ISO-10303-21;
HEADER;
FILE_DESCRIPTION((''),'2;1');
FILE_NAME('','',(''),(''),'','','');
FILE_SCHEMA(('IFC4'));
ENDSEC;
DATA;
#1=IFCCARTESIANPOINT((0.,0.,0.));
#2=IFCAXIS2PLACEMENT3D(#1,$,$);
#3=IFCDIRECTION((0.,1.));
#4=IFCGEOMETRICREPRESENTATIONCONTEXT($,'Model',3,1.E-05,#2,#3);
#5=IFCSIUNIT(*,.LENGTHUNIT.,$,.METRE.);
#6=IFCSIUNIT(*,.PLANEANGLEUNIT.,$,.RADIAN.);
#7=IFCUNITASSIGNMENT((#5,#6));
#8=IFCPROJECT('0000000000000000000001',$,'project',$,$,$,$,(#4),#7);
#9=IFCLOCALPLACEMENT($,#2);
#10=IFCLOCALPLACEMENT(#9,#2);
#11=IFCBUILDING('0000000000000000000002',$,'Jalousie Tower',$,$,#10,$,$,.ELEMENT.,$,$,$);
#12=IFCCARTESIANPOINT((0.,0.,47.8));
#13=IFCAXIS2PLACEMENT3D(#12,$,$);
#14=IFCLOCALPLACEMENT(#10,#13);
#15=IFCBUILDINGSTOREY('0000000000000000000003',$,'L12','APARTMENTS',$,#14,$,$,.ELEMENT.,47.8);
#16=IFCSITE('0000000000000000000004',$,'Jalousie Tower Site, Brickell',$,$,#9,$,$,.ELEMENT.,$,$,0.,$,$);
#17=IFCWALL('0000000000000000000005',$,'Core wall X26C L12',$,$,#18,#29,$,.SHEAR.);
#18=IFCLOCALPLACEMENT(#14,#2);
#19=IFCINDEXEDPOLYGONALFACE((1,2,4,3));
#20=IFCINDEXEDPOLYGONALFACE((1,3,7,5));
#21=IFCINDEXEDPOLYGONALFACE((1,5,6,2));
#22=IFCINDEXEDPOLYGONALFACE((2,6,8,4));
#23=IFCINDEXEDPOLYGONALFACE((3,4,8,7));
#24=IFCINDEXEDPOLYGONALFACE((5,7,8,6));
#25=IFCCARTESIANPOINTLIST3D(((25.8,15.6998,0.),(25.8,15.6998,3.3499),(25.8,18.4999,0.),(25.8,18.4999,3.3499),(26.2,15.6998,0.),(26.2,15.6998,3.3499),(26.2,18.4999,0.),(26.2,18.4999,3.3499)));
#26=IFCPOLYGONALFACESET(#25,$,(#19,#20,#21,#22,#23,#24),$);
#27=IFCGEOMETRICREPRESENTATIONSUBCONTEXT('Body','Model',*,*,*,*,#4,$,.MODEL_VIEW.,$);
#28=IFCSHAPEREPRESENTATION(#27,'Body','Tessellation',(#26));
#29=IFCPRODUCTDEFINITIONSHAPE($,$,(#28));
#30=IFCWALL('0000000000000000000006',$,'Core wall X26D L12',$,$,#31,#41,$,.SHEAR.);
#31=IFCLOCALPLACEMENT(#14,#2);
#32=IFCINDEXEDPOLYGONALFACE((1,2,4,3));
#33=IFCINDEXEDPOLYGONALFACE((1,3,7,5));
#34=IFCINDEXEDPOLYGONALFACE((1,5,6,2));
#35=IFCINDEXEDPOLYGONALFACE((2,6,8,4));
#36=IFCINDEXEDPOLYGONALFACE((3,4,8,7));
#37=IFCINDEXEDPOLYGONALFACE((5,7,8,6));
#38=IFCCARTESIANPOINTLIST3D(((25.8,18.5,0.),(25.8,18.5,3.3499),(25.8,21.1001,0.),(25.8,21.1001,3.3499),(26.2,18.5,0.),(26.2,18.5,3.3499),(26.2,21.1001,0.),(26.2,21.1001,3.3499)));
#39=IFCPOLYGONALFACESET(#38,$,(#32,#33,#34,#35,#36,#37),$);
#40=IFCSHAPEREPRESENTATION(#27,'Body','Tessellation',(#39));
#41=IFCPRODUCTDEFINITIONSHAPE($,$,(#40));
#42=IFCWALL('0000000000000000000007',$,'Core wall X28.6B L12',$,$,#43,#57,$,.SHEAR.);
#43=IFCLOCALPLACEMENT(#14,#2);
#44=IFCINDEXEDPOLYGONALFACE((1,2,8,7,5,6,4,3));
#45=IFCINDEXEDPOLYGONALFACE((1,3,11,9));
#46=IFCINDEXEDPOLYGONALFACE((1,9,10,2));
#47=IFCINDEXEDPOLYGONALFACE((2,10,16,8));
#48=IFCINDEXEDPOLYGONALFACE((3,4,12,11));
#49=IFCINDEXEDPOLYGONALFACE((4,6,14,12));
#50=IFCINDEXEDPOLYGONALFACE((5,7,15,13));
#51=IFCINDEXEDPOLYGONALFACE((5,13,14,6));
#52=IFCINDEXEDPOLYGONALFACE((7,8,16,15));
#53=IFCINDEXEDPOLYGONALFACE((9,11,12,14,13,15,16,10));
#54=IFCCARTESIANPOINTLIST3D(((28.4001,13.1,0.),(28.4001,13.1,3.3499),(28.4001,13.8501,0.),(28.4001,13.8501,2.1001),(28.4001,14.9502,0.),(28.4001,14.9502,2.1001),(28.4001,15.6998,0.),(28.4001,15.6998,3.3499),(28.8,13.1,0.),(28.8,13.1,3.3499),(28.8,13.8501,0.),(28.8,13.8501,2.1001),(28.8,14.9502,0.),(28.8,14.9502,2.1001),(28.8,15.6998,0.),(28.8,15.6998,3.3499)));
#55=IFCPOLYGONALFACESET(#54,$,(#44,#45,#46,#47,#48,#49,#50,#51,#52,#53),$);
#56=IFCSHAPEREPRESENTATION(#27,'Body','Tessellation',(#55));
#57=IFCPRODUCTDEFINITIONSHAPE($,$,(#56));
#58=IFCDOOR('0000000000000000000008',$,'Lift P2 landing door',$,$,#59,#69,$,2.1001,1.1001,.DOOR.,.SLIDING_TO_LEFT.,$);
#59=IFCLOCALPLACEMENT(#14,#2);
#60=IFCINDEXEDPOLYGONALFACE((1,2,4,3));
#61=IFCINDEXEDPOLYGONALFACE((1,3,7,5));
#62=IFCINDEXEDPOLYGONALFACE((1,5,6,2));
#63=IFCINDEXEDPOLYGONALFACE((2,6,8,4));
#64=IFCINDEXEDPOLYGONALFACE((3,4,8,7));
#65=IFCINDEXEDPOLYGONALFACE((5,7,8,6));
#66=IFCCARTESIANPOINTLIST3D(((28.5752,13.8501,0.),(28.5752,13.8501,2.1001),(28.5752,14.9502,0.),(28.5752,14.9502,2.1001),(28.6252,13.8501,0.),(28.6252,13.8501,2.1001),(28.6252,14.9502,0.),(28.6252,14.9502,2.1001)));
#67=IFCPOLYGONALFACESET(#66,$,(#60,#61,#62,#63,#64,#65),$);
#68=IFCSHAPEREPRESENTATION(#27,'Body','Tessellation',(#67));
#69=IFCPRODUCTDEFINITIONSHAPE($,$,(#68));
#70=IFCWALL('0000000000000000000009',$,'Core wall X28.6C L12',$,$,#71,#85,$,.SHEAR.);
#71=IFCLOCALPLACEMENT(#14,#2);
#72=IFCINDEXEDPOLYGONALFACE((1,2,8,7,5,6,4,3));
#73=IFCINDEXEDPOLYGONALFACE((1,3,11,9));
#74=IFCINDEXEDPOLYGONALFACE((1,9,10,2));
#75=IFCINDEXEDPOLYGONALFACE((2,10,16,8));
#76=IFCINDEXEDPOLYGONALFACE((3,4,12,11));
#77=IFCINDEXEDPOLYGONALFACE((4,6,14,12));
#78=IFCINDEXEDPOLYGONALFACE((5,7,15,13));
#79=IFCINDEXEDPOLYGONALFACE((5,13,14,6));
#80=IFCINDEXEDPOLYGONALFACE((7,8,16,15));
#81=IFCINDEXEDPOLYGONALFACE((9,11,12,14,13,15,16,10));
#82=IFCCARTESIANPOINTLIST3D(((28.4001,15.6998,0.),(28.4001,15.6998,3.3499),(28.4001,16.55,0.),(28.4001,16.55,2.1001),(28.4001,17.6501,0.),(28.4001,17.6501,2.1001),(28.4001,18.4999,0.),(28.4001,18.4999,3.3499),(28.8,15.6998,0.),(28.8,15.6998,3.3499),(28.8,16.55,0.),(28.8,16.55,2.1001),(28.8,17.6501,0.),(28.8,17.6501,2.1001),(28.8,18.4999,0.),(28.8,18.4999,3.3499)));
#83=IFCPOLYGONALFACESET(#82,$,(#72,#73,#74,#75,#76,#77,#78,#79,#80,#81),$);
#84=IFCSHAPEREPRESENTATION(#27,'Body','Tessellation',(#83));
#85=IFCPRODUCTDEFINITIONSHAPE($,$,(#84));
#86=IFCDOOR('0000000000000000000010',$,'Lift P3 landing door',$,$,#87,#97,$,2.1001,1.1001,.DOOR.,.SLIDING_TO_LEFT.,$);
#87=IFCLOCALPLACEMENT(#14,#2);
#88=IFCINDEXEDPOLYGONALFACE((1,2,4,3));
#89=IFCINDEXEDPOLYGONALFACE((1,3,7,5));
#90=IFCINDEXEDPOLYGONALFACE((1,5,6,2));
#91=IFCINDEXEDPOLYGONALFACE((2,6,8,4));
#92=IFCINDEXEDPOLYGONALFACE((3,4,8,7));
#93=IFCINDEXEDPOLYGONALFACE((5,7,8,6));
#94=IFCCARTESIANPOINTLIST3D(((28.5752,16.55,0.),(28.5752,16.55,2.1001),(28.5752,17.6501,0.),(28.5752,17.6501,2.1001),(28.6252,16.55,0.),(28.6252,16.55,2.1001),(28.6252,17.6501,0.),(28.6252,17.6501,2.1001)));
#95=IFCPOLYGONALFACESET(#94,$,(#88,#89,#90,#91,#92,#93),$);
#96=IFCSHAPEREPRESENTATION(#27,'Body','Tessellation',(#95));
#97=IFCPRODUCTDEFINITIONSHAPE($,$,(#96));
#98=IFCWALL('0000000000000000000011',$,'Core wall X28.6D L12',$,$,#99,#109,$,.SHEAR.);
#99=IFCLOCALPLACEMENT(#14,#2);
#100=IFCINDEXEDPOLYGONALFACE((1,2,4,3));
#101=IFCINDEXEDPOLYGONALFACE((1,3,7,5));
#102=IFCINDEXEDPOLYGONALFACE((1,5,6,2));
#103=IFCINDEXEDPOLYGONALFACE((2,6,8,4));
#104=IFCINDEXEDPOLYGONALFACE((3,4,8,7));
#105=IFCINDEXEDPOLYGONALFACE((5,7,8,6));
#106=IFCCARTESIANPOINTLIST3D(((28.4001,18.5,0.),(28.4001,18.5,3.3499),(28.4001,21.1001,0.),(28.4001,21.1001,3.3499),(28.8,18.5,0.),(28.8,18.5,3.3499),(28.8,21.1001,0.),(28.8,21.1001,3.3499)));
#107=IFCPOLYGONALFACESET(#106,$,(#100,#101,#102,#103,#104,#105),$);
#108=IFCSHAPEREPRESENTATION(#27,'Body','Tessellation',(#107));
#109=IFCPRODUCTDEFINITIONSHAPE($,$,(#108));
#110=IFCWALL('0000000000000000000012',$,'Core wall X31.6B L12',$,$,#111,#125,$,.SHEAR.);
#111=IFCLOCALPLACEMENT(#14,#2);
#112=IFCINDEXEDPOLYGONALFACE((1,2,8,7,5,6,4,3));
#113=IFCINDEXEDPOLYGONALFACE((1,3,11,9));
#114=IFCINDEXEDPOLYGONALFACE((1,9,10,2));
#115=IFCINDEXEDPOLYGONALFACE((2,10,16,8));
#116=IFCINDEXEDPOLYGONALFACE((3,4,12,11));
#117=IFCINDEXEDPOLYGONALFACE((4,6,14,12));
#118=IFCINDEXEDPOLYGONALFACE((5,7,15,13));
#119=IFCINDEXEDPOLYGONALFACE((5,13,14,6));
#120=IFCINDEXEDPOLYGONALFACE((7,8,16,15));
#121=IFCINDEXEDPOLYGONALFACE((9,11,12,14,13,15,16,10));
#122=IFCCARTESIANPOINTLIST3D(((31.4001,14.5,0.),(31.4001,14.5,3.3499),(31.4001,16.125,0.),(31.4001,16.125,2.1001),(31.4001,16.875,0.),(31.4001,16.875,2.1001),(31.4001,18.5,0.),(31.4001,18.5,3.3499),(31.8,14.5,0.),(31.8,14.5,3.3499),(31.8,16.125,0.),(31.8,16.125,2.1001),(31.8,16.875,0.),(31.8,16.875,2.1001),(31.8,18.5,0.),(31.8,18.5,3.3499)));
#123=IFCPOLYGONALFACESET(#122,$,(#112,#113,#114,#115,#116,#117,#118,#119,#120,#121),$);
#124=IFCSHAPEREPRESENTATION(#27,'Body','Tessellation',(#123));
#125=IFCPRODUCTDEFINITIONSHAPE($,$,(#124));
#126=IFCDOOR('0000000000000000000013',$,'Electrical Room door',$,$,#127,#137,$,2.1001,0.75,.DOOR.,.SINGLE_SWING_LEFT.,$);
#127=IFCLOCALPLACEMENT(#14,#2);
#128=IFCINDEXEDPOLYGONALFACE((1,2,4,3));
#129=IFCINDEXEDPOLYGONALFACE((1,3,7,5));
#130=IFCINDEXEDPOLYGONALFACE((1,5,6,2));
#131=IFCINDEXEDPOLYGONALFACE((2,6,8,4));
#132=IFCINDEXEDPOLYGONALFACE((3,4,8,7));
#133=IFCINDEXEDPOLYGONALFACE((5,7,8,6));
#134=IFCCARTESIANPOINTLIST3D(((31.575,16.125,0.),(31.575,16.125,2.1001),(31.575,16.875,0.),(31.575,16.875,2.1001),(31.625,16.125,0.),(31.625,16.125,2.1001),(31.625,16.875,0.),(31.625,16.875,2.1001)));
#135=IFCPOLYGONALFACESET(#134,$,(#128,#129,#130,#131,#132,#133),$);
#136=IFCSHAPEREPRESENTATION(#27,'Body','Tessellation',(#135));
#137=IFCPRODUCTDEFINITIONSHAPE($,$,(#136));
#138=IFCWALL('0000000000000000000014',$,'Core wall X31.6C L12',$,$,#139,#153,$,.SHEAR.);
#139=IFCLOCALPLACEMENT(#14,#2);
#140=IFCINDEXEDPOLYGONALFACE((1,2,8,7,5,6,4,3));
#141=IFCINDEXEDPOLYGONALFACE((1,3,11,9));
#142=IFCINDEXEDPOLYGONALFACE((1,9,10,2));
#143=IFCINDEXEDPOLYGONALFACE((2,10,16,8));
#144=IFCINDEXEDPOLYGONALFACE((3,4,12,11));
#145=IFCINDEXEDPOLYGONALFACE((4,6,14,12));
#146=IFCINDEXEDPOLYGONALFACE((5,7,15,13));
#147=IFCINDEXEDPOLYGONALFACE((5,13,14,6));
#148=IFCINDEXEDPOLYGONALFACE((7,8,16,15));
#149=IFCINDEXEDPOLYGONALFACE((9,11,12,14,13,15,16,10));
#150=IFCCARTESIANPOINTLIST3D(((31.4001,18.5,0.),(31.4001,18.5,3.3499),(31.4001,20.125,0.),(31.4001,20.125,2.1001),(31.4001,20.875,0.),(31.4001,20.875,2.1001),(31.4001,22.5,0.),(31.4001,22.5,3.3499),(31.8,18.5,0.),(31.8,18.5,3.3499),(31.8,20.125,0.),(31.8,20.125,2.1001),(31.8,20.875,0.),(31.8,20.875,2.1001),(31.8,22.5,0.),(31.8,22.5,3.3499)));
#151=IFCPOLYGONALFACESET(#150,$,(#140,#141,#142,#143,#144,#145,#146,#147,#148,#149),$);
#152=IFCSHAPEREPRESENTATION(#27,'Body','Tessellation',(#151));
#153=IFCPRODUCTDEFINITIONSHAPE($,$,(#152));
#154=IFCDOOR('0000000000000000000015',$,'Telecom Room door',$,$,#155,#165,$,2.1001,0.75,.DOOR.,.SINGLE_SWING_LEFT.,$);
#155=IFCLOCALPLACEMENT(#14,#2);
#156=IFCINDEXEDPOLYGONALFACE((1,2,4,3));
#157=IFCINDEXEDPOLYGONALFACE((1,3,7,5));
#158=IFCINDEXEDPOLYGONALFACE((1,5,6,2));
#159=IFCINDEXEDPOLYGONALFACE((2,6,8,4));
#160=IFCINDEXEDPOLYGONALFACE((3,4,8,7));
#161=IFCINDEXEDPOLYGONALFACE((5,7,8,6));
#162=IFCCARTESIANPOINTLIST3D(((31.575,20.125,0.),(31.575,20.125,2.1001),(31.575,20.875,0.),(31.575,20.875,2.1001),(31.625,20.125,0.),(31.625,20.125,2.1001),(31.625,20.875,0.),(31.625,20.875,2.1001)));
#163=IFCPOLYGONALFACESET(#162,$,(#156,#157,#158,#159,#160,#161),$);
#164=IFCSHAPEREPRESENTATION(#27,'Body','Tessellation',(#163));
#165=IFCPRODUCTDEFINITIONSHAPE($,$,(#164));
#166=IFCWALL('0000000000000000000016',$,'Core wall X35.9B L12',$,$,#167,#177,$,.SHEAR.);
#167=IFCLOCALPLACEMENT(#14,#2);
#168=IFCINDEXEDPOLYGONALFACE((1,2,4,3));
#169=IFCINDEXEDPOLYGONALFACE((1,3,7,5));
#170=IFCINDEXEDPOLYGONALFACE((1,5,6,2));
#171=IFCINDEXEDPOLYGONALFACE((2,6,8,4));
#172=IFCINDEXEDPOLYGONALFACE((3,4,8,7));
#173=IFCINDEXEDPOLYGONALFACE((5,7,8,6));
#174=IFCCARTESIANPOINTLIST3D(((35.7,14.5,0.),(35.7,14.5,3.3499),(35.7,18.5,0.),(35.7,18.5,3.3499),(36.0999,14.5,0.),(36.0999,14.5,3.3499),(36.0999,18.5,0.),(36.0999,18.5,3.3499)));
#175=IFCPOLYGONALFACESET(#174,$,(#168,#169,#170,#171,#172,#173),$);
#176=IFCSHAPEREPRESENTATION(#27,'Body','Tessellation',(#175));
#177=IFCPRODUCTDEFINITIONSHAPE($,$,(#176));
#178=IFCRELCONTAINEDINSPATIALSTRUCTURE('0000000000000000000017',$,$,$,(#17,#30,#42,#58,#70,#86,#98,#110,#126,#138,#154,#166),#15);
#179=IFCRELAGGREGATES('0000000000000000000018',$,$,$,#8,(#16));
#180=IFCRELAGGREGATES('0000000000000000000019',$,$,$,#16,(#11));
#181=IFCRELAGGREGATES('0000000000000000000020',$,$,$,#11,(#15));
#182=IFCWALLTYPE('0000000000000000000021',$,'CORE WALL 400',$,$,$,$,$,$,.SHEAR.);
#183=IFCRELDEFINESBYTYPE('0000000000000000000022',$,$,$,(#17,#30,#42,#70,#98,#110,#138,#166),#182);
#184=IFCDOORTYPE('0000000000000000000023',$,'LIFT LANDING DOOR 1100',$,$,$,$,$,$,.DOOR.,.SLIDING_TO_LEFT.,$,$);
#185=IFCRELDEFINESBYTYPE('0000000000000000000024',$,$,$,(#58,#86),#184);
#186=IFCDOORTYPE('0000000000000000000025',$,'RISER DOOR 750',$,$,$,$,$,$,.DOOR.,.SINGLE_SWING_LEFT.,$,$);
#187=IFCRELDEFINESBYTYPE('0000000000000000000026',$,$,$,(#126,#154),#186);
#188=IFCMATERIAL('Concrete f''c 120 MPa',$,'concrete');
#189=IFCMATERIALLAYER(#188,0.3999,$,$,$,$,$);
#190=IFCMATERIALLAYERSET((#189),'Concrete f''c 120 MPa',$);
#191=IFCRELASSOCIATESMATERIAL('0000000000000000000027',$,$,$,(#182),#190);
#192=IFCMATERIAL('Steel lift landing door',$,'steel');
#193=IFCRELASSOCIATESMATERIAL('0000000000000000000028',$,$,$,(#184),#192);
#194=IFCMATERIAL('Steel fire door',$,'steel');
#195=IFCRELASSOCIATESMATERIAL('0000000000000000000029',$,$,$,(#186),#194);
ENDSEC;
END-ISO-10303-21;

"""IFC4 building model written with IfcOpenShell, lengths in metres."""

from ifc_helpers import new_model, si_unit, direction, frame, frame_2d, origin, place, context, subcontext, project, spatial, rectangle, extrude, material, layer, layer_set, type_object, element, fill, save


model = new_model("IFC4")

# Units and contexts
model_context = context("Model", 3, precision=1e-05, world=origin(), true_north=direction((0.0, 1.0)))
body_context = subcontext(model_context, "Body", "Model", "MODEL_VIEW")
ifc_project = project(units=[si_unit("LENGTHUNIT", "METRE"), si_unit("PLANEANGLEUNIT", "RADIAN")], contexts=[model_context])

# Site, building, storey
site_placement = place(None, origin())
site = spatial("IfcSite", under=ifc_project, at=site_placement, Name="Jalousie Tower Site, Brickell", CompositionType="ELEMENT", RefElevation=0.0)
building_placement = place(site_placement, origin())
building = spatial("IfcBuilding", under=site, at=building_placement, Name="Jalousie Tower", CompositionType="ELEMENT")
storey_placement = place(building_placement, frame((0.0, 0.0, 47.8)))
storey = spatial("IfcBuildingStorey", under=building, at=storey_placement, Name="L12", Description="APARTMENTS", CompositionType="ELEMENT", Elevation=47.8)

# Walls
ifc_material_1 = material(Name="Concrete f'c 120 MPa", Category="concrete")
ifc_layer = layer(ifc_material_1, 0.3999)
ifc_layer_set = layer_set([ifc_layer], Name="Concrete f'c 120 MPa")
wall_type = type_object("IfcWallType", Name="CORE WALL 400", PredefinedType="SHEAR", material=ifc_layer_set)
wall_1_placement = place(storey_placement, frame((26.0, 15.7, 0.0), z_axis=(0.0, 0.0, 1.0), x_axis=(0.0, 1.0, 0.0)))
element("IfcWall", 1, at=wall_1_placement, inside=storey, type_object=wall_type, Name="Core wall X26C L12", PredefinedType="SHEAR", context=body_context, shape_type="SweptSolid", body=[
    extrude(rectangle(XDim=2.8, YDim=0.3999, at=frame_2d((1.3999, 0.0))), origin(), (0.0, 0.0, 1.0), 3.3499),
])
wall_2_placement = place(storey_placement, frame((26.0, 18.5, 0.0), z_axis=(0.0, 0.0, 1.0), x_axis=(0.0, 1.0, 0.0)))
element("IfcWall", 2, at=wall_2_placement, inside=storey, type_object=wall_type, Name="Core wall X26D L12", PredefinedType="SHEAR", context=body_context, shape_type="SweptSolid", body=[
    extrude(rectangle(XDim=2.6001, YDim=0.3999, at=frame_2d((1.3, 0.0))), origin(), (0.0, 0.0, 1.0), 3.3499),
])

# Walls, openings, doors
wall_3_placement = place(storey_placement, frame((28.6001, 13.1001, 0.0), z_axis=(0.0, 0.0, 1.0), x_axis=(0.0, 1.0, 0.0)))
wall_3 = element("IfcWall", 3, at=wall_3_placement, inside=storey, type_object=wall_type, Name="Core wall X28.6B L12", PredefinedType="SHEAR", context=body_context, shape_type="SweptSolid", body=[
    extrude(rectangle(XDim=2.5999, YDim=0.3999, at=frame_2d((1.2998, 0.0))), origin(), (0.0, 0.0, 1.0), 3.3499),
])
opening_1_placement = place(wall_3_placement, frame((0.75, 0.0, 0.0)))
opening_1 = element("IfcOpeningElement", 4, at=opening_1_placement, cuts=wall_3, PredefinedType="OPENING", context=body_context, shape_type="SweptSolid", body=[
    extrude(rectangle(XDim=1.1001, YDim=2.1001, at=frame_2d((0.55, 1.05))), frame((0.0, 0.21, 0.0), z_axis=(0.0, -1.0, 0.0), x_axis=(1.0, 0.0, 0.0)), (0.0, 0.0, 1.0), 0.4199),
])
ifc_material_2 = material(Name="Steel lift landing door", Category="steel")
door_type_1 = type_object("IfcDoorType", Name="LIFT LANDING DOOR 1100", OperationType="SLIDING_TO_LEFT", PredefinedType="DOOR", material=ifc_material_2)
door_1_placement = place(opening_1_placement, origin())
door_1 = element("IfcDoor", 5, at=door_1_placement, inside=storey, type_object=door_type_1, Name="Lift P2 landing door", OperationType="SLIDING_TO_LEFT", OverallHeight=2.1001, OverallWidth=1.1001, PredefinedType="DOOR", context=body_context, shape_type="SweptSolid", body=[
    extrude(rectangle(XDim=1.1001, YDim=2.1001, at=frame_2d((0.55, 1.05))), frame((0.0, 0.0249, 0.0), z_axis=(0.0, -1.0, 0.0), x_axis=(1.0, 0.0, 0.0)), (0.0, 0.0, 1.0), 0.05),
])
fill(opening_1, door_1)
wall_4_placement = place(storey_placement, frame((28.6001, 15.7, 0.0), z_axis=(0.0, 0.0, 1.0), x_axis=(0.0, 1.0, 0.0)))
wall_4 = element("IfcWall", 6, at=wall_4_placement, inside=storey, type_object=wall_type, Name="Core wall X28.6C L12", PredefinedType="SHEAR", context=body_context, shape_type="SweptSolid", body=[
    extrude(rectangle(XDim=2.8, YDim=0.3999, at=frame_2d((1.3999, 0.0))), origin(), (0.0, 0.0, 1.0), 3.3499),
])
opening_2_placement = place(wall_4_placement, frame((0.8501, 0.0, 0.0)))
opening_2 = element("IfcOpeningElement", 7, at=opening_2_placement, cuts=wall_4, PredefinedType="OPENING", context=body_context, shape_type="SweptSolid", body=[
    extrude(rectangle(XDim=1.1001, YDim=2.1001, at=frame_2d((0.55, 1.05))), frame((0.0, 0.21, 0.0), z_axis=(0.0, -1.0, 0.0), x_axis=(1.0, 0.0, 0.0)), (0.0, 0.0, 1.0), 0.4199),
])
door_2_placement = place(opening_2_placement, origin())
door_2 = element("IfcDoor", 8, at=door_2_placement, inside=storey, type_object=door_type_1, Name="Lift P3 landing door", OperationType="SLIDING_TO_LEFT", OverallHeight=2.1001, OverallWidth=1.1001, PredefinedType="DOOR", context=body_context, shape_type="SweptSolid", body=[
    extrude(rectangle(XDim=1.1001, YDim=2.1001, at=frame_2d((0.55, 1.05))), frame((0.0, 0.0249, 0.0), z_axis=(0.0, -1.0, 0.0), x_axis=(1.0, 0.0, 0.0)), (0.0, 0.0, 1.0), 0.05),
])
fill(opening_2, door_2)

# Wall
wall_5_placement = place(storey_placement, frame((28.6001, 18.5, 0.0), z_axis=(0.0, 0.0, 1.0), x_axis=(0.0, 1.0, 0.0)))
element("IfcWall", 9, at=wall_5_placement, inside=storey, type_object=wall_type, Name="Core wall X28.6D L12", PredefinedType="SHEAR", context=body_context, shape_type="SweptSolid", body=[
    extrude(rectangle(XDim=2.6001, YDim=0.3999, at=frame_2d((1.3, 0.0))), origin(), (0.0, 0.0, 1.0), 3.3499),
])

# Walls, openings, doors
wall_6_placement = place(storey_placement, frame((31.6001, 14.5, 0.0), z_axis=(0.0, 0.0, 1.0), x_axis=(0.0, 1.0, 0.0)))
wall_6 = element("IfcWall", 10, at=wall_6_placement, inside=storey, type_object=wall_type, Name="Core wall X31.6B L12", PredefinedType="SHEAR", context=body_context, shape_type="SweptSolid", body=[
    extrude(rectangle(XDim=4.0, YDim=0.3999, at=frame_2d((2.0, 0.0))), origin(), (0.0, 0.0, 1.0), 3.3499),
])
opening_3_placement = place(wall_6_placement, frame((1.625, 0.0, 0.0)))
opening_3 = element("IfcOpeningElement", 11, at=opening_3_placement, cuts=wall_6, PredefinedType="OPENING", context=body_context, shape_type="SweptSolid", body=[
    extrude(rectangle(XDim=0.75, YDim=2.1001, at=frame_2d((0.375, 1.05))), frame((0.0, 0.21, 0.0), z_axis=(0.0, -1.0, 0.0), x_axis=(1.0, 0.0, 0.0)), (0.0, 0.0, 1.0), 0.4199),
])
ifc_material_3 = material(Name="Steel fire door", Category="steel")
door_type_2 = type_object("IfcDoorType", Name="RISER DOOR 750", OperationType="SINGLE_SWING_LEFT", PredefinedType="DOOR", material=ifc_material_3)
door_3_placement = place(opening_3_placement, frame((0.75, 0.0, 0.0), z_axis=(0.0, 0.0, 1.0), x_axis=(-1.0, 0.0, 0.0)))
door_3 = element("IfcDoor", 12, at=door_3_placement, inside=storey, type_object=door_type_2, Name="Electrical Room door", OperationType="SINGLE_SWING_LEFT", OverallHeight=2.1001, OverallWidth=0.75, PredefinedType="DOOR", context=body_context, shape_type="SweptSolid", body=[
    extrude(rectangle(XDim=0.75, YDim=2.1001, at=frame_2d((0.375, 1.05))), frame((0.0, 0.0249, 0.0), z_axis=(0.0, -1.0, 0.0), x_axis=(1.0, 0.0, 0.0)), (0.0, 0.0, 1.0), 0.05),
])
fill(opening_3, door_3)
wall_7_placement = place(storey_placement, frame((31.6001, 18.5, 0.0), z_axis=(0.0, 0.0, 1.0), x_axis=(0.0, 1.0, 0.0)))
wall_7 = element("IfcWall", 13, at=wall_7_placement, inside=storey, type_object=wall_type, Name="Core wall X31.6C L12", PredefinedType="SHEAR", context=body_context, shape_type="SweptSolid", body=[
    extrude(rectangle(XDim=4.0, YDim=0.3999, at=frame_2d((2.0, 0.0))), origin(), (0.0, 0.0, 1.0), 3.3499),
])
opening_4_placement = place(wall_7_placement, frame((1.625, 0.0, 0.0)))
opening_4 = element("IfcOpeningElement", 14, at=opening_4_placement, cuts=wall_7, PredefinedType="OPENING", context=body_context, shape_type="SweptSolid", body=[
    extrude(rectangle(XDim=0.75, YDim=2.1001, at=frame_2d((0.375, 1.05))), frame((0.0, 0.21, 0.0), z_axis=(0.0, -1.0, 0.0), x_axis=(1.0, 0.0, 0.0)), (0.0, 0.0, 1.0), 0.4199),
])
door_4_placement = place(opening_4_placement, frame((0.75, 0.0, 0.0), z_axis=(0.0, 0.0, 1.0), x_axis=(-1.0, 0.0, 0.0)))
door_4 = element("IfcDoor", 15, at=door_4_placement, inside=storey, type_object=door_type_2, Name="Telecom Room door", OperationType="SINGLE_SWING_LEFT", OverallHeight=2.1001, OverallWidth=0.75, PredefinedType="DOOR", context=body_context, shape_type="SweptSolid", body=[
    extrude(rectangle(XDim=0.75, YDim=2.1001, at=frame_2d((0.375, 1.05))), frame((0.0, 0.0249, 0.0), z_axis=(0.0, -1.0, 0.0), x_axis=(1.0, 0.0, 0.0)), (0.0, 0.0, 1.0), 0.05),
])
fill(opening_4, door_4)

# Wall
wall_8_placement = place(storey_placement, frame((35.8999, 14.5, 0.0), z_axis=(0.0, 0.0, 1.0), x_axis=(0.0, 1.0, 0.0)))
element("IfcWall", 16, at=wall_8_placement, inside=storey, type_object=wall_type, Name="Core wall X35.9B L12", PredefinedType="SHEAR", context=body_context, shape_type="SweptSolid", body=[
    extrude(rectangle(XDim=4.0, YDim=0.3999, at=frame_2d((2.0, 0.0))), origin(), (0.0, 0.0, 1.0), 3.3499),
])

save(model, "model.ifc")
